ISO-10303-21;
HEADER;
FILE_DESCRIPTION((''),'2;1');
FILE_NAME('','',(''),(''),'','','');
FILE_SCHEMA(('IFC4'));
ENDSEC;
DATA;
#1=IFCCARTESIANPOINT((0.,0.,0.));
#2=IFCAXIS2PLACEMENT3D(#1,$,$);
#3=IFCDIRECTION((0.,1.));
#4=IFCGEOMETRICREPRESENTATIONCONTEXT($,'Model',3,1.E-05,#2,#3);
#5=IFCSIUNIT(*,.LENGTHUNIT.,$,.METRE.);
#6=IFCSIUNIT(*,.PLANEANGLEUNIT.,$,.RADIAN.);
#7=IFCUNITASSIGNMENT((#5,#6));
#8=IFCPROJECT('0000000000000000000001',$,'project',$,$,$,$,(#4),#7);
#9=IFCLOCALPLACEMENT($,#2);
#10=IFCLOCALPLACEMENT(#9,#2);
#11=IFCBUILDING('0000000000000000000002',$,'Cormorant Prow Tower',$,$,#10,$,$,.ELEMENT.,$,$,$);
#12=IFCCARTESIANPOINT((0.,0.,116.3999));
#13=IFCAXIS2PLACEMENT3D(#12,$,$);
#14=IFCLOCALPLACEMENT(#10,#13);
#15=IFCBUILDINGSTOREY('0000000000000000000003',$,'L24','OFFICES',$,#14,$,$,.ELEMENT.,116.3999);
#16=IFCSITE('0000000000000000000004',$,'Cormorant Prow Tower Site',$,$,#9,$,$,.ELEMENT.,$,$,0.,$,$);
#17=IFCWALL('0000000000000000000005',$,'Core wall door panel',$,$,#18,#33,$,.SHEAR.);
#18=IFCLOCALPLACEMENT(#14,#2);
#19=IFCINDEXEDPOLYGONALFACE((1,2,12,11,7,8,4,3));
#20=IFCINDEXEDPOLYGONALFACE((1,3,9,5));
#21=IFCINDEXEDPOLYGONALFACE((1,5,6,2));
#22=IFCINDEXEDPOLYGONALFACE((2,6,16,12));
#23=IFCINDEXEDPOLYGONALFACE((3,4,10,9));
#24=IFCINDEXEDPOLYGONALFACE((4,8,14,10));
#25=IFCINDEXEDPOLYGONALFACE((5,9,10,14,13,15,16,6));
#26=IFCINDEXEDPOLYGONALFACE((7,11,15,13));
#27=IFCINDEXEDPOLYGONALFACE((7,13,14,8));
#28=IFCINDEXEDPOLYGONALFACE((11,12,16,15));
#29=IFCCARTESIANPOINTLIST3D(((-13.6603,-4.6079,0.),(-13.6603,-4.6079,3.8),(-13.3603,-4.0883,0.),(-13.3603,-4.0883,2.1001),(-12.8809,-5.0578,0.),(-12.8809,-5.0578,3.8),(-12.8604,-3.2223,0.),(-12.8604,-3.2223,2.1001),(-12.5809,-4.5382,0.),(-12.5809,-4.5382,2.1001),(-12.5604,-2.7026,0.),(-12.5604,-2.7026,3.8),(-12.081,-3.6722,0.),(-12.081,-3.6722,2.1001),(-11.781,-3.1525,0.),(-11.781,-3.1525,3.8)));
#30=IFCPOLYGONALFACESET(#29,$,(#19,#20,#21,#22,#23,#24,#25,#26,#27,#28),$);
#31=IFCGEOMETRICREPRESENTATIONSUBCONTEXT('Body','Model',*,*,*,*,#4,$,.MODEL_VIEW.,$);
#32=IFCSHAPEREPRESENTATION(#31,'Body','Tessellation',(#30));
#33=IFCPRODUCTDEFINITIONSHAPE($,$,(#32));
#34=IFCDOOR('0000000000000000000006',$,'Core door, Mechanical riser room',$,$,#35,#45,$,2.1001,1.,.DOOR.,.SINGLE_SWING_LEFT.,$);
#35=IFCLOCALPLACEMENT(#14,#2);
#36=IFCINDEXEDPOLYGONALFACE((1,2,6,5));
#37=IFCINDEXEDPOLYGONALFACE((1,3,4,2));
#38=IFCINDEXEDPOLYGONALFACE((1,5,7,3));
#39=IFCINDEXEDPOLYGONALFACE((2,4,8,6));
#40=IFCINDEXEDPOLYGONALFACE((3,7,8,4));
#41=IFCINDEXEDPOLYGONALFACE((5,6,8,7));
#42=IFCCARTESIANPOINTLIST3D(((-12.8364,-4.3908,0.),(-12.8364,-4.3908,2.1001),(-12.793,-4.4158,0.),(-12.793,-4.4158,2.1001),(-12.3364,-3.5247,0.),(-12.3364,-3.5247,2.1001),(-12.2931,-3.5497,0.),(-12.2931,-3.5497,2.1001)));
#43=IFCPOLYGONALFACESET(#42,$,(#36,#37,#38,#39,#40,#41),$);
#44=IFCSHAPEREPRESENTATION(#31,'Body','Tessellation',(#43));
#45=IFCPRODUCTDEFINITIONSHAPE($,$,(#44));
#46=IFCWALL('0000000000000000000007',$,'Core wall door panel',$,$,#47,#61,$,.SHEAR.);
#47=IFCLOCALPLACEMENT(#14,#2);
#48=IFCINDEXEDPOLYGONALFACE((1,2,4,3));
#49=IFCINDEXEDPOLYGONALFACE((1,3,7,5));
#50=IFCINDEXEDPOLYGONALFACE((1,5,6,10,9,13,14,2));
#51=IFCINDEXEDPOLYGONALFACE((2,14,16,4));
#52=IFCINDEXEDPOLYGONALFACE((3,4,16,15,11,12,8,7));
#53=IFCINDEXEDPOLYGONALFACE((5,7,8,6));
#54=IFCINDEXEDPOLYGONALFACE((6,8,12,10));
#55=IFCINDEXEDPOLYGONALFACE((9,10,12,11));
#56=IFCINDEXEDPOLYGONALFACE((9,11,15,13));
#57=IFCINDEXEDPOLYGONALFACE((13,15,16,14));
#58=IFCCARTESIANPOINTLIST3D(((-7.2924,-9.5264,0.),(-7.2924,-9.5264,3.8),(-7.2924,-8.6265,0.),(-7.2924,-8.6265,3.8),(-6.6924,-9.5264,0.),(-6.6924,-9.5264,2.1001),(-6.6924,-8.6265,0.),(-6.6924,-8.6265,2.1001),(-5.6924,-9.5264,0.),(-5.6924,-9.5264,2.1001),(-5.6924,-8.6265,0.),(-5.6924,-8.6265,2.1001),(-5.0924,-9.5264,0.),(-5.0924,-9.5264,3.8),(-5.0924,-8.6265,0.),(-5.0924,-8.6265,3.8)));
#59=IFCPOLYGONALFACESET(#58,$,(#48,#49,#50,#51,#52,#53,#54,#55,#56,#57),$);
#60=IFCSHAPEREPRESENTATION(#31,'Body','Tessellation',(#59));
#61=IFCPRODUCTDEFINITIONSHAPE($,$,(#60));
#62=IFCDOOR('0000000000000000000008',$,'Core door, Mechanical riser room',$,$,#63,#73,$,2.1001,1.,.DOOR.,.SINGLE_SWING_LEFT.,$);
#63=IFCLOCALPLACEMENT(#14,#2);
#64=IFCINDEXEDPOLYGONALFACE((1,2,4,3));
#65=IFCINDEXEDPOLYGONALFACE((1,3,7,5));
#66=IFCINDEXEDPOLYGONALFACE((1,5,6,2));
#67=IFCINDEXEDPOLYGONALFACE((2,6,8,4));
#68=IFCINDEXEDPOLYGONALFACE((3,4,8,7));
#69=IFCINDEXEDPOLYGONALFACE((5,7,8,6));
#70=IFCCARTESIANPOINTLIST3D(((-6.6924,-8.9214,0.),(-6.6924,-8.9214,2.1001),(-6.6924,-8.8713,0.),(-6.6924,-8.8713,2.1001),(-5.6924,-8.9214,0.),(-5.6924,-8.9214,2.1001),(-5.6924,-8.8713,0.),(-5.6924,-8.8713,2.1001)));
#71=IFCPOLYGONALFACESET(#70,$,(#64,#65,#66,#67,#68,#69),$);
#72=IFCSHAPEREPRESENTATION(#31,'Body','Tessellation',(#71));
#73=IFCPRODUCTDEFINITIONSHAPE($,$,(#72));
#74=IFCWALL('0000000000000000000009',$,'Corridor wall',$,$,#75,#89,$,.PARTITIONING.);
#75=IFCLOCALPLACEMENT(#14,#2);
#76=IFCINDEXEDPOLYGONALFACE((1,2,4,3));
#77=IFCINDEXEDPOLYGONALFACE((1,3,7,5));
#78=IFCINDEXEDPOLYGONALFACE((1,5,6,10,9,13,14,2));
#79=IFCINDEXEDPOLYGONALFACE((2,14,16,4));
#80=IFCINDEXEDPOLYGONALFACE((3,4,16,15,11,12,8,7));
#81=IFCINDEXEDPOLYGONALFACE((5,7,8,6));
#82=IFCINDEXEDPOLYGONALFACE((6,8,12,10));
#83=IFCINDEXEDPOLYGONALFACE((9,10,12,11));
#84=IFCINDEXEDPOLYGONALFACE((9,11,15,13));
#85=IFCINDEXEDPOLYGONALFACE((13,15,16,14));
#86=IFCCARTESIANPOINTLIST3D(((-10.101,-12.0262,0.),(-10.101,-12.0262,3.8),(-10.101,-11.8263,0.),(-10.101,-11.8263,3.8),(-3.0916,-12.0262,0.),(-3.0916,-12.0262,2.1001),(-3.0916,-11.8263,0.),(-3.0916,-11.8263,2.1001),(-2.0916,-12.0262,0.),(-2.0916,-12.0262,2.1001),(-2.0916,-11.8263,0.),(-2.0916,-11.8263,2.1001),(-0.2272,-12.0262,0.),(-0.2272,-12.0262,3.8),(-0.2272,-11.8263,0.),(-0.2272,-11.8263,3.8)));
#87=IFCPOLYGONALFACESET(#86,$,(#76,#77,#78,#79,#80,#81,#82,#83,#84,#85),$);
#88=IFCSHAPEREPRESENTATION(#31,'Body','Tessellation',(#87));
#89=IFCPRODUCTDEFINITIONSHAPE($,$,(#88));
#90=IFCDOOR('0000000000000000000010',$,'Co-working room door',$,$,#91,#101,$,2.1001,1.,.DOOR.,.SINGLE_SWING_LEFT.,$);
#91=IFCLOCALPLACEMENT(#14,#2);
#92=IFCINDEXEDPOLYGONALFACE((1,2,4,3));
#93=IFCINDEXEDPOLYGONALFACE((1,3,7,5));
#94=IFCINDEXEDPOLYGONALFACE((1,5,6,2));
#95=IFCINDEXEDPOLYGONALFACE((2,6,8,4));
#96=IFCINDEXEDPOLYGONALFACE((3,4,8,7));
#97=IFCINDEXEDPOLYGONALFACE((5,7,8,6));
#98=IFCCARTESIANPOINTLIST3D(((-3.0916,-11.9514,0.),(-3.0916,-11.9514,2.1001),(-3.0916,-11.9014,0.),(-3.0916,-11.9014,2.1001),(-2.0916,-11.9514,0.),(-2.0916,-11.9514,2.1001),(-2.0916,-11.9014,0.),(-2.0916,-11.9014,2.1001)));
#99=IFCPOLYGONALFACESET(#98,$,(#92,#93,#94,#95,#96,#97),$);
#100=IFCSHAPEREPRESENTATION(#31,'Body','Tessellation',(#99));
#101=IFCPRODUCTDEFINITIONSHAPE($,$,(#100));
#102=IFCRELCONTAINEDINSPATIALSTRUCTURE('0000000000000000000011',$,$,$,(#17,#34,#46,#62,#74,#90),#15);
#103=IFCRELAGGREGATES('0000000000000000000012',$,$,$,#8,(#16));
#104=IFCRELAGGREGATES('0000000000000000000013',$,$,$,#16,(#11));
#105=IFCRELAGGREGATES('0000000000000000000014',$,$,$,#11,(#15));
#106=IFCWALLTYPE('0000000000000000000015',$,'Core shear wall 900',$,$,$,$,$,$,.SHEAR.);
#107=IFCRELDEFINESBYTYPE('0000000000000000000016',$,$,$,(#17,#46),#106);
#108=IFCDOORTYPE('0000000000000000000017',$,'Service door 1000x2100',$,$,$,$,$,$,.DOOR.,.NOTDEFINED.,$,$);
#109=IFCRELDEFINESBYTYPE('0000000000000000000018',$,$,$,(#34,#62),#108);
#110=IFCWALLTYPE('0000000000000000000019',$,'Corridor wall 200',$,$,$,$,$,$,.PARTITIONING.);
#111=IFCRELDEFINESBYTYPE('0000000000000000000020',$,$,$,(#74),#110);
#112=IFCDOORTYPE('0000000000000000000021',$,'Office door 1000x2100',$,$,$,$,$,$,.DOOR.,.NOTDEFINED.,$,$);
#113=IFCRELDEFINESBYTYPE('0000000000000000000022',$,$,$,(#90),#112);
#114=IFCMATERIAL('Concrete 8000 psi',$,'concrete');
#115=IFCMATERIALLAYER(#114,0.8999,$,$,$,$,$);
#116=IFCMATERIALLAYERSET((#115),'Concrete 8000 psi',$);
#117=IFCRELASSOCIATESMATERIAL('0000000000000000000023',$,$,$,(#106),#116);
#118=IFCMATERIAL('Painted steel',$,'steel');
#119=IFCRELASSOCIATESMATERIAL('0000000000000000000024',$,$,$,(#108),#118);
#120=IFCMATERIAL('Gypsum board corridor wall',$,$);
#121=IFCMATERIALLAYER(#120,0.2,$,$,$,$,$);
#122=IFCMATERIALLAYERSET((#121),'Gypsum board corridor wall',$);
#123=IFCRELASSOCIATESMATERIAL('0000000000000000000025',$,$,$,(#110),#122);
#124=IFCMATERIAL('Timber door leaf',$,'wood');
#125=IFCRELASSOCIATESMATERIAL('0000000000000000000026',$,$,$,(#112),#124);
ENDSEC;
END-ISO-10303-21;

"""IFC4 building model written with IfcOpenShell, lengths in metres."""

from ifc_helpers import new_model, si_unit, direction, frame, frame_2d, origin, place, context, subcontext, project, spatial, rectangle, extrude, material, layer, layer_set, type_object, element, fill, save


model = new_model("IFC4")

# Units and contexts
model_context = context("Model", 3, precision=1e-05, world=origin(), true_north=direction((0.0, 1.0)))
body_context = subcontext(model_context, "Body", "Model", "MODEL_VIEW")
ifc_project = project(units=[si_unit("LENGTHUNIT", "METRE"), si_unit("PLANEANGLEUNIT", "RADIAN")], contexts=[model_context])

# Site, building, storey
site_placement = place(None, origin())
site = spatial("IfcSite", under=ifc_project, at=site_placement, Name="Cormorant Prow Tower Site", CompositionType="ELEMENT", RefElevation=0.0)
building_placement = place(site_placement, origin())
building = spatial("IfcBuilding", under=site, at=building_placement, Name="Cormorant Prow Tower", CompositionType="ELEMENT")
storey_placement = place(building_placement, frame((0.0, 0.0, 116.3999)))
storey = spatial("IfcBuildingStorey", under=building, at=storey_placement, Name="L24", Description="OFFICES", CompositionType="ELEMENT", Elevation=116.3999)

# Shared definitions
ifc_material_1 = material(Name="Concrete 8000 psi", Category="concrete")
ifc_layer_1 = layer(ifc_material_1, 0.8999)
ifc_layer_set_1 = layer_set([ifc_layer_1], Name="Concrete 8000 psi")
wall_type_1 = type_object("IfcWallType", Name="Core shear wall 900", PredefinedType="SHEAR", material=ifc_layer_set_1)

# Walls, openings, doors
ifc_material_2 = material(Name="Painted steel", Category="steel")
door_type_1 = type_object("IfcDoorType", Name="Service door 1000x2100", OperationType="NOTDEFINED", PredefinedType="DOOR", material=ifc_material_2)
wall_1_placement = place(storey_placement, frame((-12.1707, -2.9275, 0.0), z_axis=(0.0, 0.0, 1.0), x_axis=(-0.499947, -0.866056, 0.0)))
wall_1 = element("IfcWall", 1, at=wall_1_placement, inside=storey, type_object=wall_type_1, Name="Core wall door panel", PredefinedType="SHEAR", context=body_context, shape_type="SweptSolid", body=[
    extrude(rectangle(XDim=2.2, YDim=0.8999, at=frame_2d((1.1001, 0.0))), origin(), (0.0, 0.0, 1.0), 3.8),
])
opening_1_placement = place(wall_1_placement, frame((0.6001, 0.0, 0.0)))
opening_1 = element("IfcOpeningElement", 2, at=opening_1_placement, cuts=wall_1, PredefinedType="OPENING", context=body_context, shape_type="SweptSolid", body=[
    extrude(rectangle(XDim=1.0, YDim=2.1001, at=frame_2d((0.5, 1.05))), frame((0.0, 0.46, 0.0), z_axis=(0.0, -1.0, 0.0), x_axis=(1.0, 0.0, 0.0)), (0.0, 0.0, 1.0), 0.9199),
])
door_1_placement = place(opening_1_placement, origin())
door_1 = element("IfcDoor", 3, at=door_1_placement, inside=storey, type_object=door_type_1, Name="Core door, Mechanical riser room", OperationType="SINGLE_SWING_LEFT", OverallHeight=2.1001, OverallWidth=1.0, PredefinedType="DOOR", context=body_context, shape_type="SweptSolid", body=[
    extrude(rectangle(XDim=1.0, YDim=2.1001, at=frame_2d((0.5, 1.05))), frame((0.0, 0.2051, 0.0), z_axis=(0.0, -1.0, 0.0), x_axis=(1.0, 0.0, 0.0)), (0.0, 0.0, 1.0), 0.05),
])
fill(opening_1, door_1)
wall_2_placement = place(storey_placement, frame((-7.2925, -9.0764, 0.0), z_axis=(0.0, 0.0, 1.0), x_axis=(1.0, 0.0, 0.0)))
wall_2 = element("IfcWall", 4, at=wall_2_placement, inside=storey, type_object=wall_type_1, Name="Core wall door panel", PredefinedType="SHEAR", context=body_context, shape_type="SweptSolid", body=[
    extrude(rectangle(XDim=2.2, YDim=0.8999, at=frame_2d((1.1001, 0.0))), origin(), (0.0, 0.0, 1.0), 3.8),
])
opening_2_placement = place(wall_2_placement, frame((0.6001, 0.0, 0.0)))
opening_2 = element("IfcOpeningElement", 5, at=opening_2_placement, cuts=wall_2, PredefinedType="OPENING", context=body_context, shape_type="SweptSolid", body=[
    extrude(rectangle(XDim=1.0, YDim=2.1001, at=frame_2d((0.5, 1.05))), frame((0.0, 0.46, 0.0), z_axis=(0.0, -1.0, 0.0), x_axis=(1.0, 0.0, 0.0)), (0.0, 0.0, 1.0), 0.9199),
])
door_2_placement = place(opening_2_placement, origin())
door_2 = element("IfcDoor", 6, at=door_2_placement, inside=storey, type_object=door_type_1, Name="Core door, Mechanical riser room", OperationType="SINGLE_SWING_LEFT", OverallHeight=2.1001, OverallWidth=1.0, PredefinedType="DOOR", context=body_context, shape_type="SweptSolid", body=[
    extrude(rectangle(XDim=1.0, YDim=2.1001, at=frame_2d((0.5, 1.05))), frame((0.0, 0.2051, 0.0), z_axis=(0.0, -1.0, 0.0), x_axis=(1.0, 0.0, 0.0)), (0.0, 0.0, 1.0), 0.05),
])
fill(opening_2, door_2)
ifc_material_3 = material(Name="Gypsum board corridor wall")
ifc_layer_2 = layer(ifc_material_3, 0.2)
ifc_layer_set_2 = layer_set([ifc_layer_2], Name="Gypsum board corridor wall")
wall_type_2 = type_object("IfcWallType", Name="Corridor wall 200", PredefinedType="PARTITIONING", material=ifc_layer_set_2)
wall_3_placement = place(storey_placement, frame((-10.1011, -11.9263, 0.0), z_axis=(0.0, 0.0, 1.0), x_axis=(1.0, 0.0, 0.0)))
wall_3 = element("IfcWall", 7, at=wall_3_placement, inside=storey, type_object=wall_type_2, Name="Corridor wall", PredefinedType="PARTITIONING", context=body_context, shape_type="SweptSolid", body=[
    extrude(rectangle(XDim=9.8738, YDim=0.2, at=frame_2d((4.937, 0.0))), origin(), (0.0, 0.0, 1.0), 3.8),
])
opening_3_placement = place(wall_3_placement, frame((7.0095, 0.0, 0.0)))
opening_3 = element("IfcOpeningElement", 8, at=opening_3_placement, cuts=wall_3, PredefinedType="OPENING", context=body_context, shape_type="SweptSolid", body=[
    extrude(rectangle(XDim=1.0, YDim=2.1001, at=frame_2d((0.5, 1.05))), frame((0.0, 0.1099, 0.0), z_axis=(0.0, -1.0, 0.0), x_axis=(1.0, 0.0, 0.0)), (0.0, 0.0, 1.0), 0.22),
])
ifc_material_4 = material(Name="Timber door leaf", Category="wood")
door_type_2 = type_object("IfcDoorType", Name="Office door 1000x2100", OperationType="NOTDEFINED", PredefinedType="DOOR", material=ifc_material_4)
door_3_placement = place(opening_3_placement, origin())
door_3 = element("IfcDoor", 9, at=door_3_placement, inside=storey, type_object=door_type_2, Name="Co-working room door", OperationType="SINGLE_SWING_LEFT", OverallHeight=2.1001, OverallWidth=1.0, PredefinedType="DOOR", context=body_context, shape_type="SweptSolid", body=[
    extrude(rectangle(XDim=1.0, YDim=2.1001, at=frame_2d((0.5, 1.05))), frame((0.0, 0.0249, 0.0), z_axis=(0.0, -1.0, 0.0), x_axis=(1.0, 0.0, 0.0)), (0.0, 0.0, 1.0), 0.05),
])
fill(opening_3, door_3)

save(model, "model.ifc")
